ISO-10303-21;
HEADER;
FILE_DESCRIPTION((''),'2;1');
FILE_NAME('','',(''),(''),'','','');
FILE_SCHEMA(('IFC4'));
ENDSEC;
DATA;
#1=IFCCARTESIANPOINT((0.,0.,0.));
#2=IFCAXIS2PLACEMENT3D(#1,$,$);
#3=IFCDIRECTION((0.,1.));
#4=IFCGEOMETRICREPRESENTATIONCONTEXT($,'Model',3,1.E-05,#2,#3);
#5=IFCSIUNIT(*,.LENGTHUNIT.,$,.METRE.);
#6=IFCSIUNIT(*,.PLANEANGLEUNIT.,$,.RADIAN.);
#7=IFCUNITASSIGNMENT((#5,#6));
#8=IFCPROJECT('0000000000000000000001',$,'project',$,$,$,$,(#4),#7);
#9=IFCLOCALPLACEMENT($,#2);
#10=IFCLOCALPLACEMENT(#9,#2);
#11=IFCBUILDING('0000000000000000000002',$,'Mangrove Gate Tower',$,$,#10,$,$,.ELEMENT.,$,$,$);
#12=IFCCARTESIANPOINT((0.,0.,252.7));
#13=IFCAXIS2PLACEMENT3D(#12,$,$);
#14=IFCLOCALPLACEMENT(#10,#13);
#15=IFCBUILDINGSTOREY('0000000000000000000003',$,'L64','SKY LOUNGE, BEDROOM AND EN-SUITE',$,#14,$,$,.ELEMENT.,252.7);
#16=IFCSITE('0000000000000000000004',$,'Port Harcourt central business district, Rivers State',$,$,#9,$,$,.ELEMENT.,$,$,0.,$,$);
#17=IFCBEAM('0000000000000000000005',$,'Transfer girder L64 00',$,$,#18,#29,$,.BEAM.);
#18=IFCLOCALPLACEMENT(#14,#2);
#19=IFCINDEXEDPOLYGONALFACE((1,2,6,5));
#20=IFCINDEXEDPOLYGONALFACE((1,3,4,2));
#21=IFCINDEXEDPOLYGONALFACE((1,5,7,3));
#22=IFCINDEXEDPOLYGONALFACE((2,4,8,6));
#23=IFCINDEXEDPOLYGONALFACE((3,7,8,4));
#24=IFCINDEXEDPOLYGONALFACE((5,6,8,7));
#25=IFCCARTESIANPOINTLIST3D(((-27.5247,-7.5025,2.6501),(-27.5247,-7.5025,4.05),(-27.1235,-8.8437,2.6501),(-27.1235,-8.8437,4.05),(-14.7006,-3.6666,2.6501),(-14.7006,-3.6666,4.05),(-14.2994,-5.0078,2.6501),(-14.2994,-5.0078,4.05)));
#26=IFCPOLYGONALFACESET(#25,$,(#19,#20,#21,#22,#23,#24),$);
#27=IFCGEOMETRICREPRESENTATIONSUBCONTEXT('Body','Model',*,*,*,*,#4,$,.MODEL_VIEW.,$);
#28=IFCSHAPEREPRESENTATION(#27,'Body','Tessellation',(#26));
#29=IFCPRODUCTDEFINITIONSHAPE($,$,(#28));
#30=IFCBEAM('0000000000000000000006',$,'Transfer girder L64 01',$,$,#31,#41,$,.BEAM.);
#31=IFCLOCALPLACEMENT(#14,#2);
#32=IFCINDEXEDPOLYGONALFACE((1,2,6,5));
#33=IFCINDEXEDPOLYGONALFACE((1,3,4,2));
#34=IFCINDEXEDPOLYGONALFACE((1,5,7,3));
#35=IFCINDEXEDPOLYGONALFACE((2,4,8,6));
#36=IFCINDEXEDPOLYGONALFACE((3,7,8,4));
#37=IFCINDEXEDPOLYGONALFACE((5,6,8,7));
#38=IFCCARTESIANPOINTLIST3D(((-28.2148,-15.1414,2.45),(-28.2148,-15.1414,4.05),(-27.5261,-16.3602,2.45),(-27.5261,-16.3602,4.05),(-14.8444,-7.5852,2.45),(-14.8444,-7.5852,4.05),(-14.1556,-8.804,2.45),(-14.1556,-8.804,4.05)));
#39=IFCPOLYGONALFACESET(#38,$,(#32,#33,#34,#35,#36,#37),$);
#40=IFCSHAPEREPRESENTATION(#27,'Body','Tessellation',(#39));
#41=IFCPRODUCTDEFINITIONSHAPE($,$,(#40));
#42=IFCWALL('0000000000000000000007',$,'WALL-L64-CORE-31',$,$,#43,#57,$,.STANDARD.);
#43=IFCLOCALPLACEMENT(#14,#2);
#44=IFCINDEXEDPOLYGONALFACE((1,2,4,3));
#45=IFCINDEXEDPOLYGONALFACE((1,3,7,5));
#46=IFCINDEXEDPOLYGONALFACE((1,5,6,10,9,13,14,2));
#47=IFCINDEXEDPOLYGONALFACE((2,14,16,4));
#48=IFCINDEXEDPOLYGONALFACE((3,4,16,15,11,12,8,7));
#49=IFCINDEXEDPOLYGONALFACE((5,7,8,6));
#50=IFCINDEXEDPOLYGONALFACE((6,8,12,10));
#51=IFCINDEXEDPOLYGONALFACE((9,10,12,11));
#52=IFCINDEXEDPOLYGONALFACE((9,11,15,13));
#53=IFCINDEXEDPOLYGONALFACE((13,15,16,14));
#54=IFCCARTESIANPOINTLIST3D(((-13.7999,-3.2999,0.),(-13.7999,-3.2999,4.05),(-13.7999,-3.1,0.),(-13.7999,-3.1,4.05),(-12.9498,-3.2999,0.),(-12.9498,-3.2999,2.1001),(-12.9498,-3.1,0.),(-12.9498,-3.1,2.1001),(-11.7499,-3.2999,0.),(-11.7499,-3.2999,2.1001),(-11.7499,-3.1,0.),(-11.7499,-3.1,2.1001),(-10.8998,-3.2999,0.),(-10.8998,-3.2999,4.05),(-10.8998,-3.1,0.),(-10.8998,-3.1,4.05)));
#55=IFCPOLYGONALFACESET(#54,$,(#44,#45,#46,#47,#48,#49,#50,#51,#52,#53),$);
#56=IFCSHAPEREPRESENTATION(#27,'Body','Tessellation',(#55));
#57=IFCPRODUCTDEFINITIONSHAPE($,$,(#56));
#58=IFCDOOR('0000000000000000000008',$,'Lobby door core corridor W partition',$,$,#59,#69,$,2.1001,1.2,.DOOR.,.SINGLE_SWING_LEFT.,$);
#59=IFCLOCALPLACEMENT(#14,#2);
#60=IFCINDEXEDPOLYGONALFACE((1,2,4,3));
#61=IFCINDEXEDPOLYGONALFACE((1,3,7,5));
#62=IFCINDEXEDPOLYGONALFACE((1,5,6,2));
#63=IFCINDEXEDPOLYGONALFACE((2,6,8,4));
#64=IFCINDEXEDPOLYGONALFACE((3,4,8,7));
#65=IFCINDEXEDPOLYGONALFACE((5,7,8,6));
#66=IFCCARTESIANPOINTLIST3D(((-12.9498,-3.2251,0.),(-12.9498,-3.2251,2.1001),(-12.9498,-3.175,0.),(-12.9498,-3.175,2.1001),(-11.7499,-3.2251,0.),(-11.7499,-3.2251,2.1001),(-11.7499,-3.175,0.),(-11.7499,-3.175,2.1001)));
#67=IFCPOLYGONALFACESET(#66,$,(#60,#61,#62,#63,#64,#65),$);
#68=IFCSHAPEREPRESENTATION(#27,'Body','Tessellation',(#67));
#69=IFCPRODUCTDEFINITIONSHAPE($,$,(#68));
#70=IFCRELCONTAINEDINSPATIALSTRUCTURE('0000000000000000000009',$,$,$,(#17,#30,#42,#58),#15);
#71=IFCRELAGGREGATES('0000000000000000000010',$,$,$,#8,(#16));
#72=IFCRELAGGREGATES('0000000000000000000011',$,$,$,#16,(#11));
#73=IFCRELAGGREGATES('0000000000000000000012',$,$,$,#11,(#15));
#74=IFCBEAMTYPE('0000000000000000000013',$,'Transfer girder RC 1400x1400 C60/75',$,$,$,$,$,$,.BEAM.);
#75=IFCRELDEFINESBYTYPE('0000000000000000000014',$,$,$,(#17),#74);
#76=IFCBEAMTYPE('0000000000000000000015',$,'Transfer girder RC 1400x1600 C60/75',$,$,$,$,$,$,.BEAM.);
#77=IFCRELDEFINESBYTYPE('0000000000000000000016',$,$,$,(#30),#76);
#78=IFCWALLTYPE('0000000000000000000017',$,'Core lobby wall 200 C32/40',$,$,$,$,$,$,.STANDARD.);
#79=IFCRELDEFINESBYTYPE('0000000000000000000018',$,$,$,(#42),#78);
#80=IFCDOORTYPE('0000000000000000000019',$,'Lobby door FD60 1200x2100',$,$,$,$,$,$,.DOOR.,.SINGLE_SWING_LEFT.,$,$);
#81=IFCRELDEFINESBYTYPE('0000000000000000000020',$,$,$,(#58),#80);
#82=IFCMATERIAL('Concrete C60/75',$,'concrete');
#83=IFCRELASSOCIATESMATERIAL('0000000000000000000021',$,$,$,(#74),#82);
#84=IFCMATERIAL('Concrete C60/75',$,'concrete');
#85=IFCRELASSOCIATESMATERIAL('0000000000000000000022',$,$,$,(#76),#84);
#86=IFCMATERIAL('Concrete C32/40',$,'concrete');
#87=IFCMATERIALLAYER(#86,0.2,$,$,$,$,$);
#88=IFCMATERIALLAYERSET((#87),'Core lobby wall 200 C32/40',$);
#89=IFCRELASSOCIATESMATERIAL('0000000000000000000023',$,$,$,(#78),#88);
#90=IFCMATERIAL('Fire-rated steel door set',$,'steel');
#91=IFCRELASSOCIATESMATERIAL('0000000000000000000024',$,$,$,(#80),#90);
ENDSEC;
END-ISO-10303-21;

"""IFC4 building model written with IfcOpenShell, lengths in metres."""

from ifc_helpers import new_model, si_unit, direction, frame, frame_2d, origin, origin_2d, place, context, subcontext, project, spatial, rectangle, extrude, material, layer, layer_set, material_profile, profile_set, type_object, element, fill, save


model = new_model("IFC4")

# Units and contexts
model_context = context("Model", 3, precision=1e-05, world=origin(), true_north=direction((0.0, 1.0)))
body_context = subcontext(model_context, "Body", "Model", "MODEL_VIEW")
ifc_project = project(units=[si_unit("LENGTHUNIT", "METRE"), si_unit("PLANEANGLEUNIT", "RADIAN")], contexts=[model_context])

# Site, building, storey
site_placement = place(None, origin())
site = spatial("IfcSite", under=ifc_project, at=site_placement, Name="Port Harcourt central business district, Rivers State", CompositionType="ELEMENT", RefElevation=0.0)
building_placement = place(site_placement, origin())
building = spatial("IfcBuilding", under=site, at=building_placement, Name="Mangrove Gate Tower", CompositionType="ELEMENT")
storey_placement = place(building_placement, frame((0.0, 0.0, 252.7)))
storey = spatial("IfcBuildingStorey", under=building, at=storey_placement, Name="L64", Description="SKY LOUNGE, BEDROOM AND EN-SUITE", CompositionType="ELEMENT", Elevation=252.7)

# Beams
ifc_material_1 = material(Name="Concrete C60/75", Category="concrete")
ifc_material_profile_1 = material_profile(ifc_material_1, rectangle(XDim=1.3999, YDim=1.3999, at=origin_2d()))
ifc_profile_set_1 = profile_set([ifc_material_profile_1], Name="Concrete C60/75")
beam_type_1 = type_object("IfcBeamType", Name="Transfer girder RC 1400x1400 C60/75", PredefinedType="BEAM", material=ifc_profile_set_1)
beam_1_placement = place(storey_placement, frame((-14.5, -4.3372, 3.3501), z_axis=(-0.958057, -0.286576, 0.0), x_axis=(0.286576, -0.958057, 0.0)))
element("IfcBeam", 1, at=beam_1_placement, inside=storey, type_object=beam_type_1, Name="Transfer girder L64 00", PredefinedType="BEAM", context=body_context, shape_type="SweptSolid", body=[
    extrude(rectangle(XDim=1.3999, YDim=1.3999, at=origin_2d()), origin(), (0.0, 0.0, 1.0), 13.3855),
])
ifc_material_2 = material(Name="Concrete C60/75", Category="concrete")
ifc_material_profile_2 = material_profile(ifc_material_2, rectangle(XDim=1.3999, YDim=1.6001, at=origin_2d()))
ifc_profile_set_2 = profile_set([ifc_material_profile_2], Name="Concrete C60/75")
beam_type_2 = type_object("IfcBeamType", Name="Transfer girder RC 1400x1600 C60/75", PredefinedType="BEAM", material=ifc_profile_set_2)
beam_2_placement = place(storey_placement, frame((-14.5, -8.1946, 3.25), z_axis=(-0.870591, -0.492007, 0.0), x_axis=(0.492007, -0.870591, 0.0)))
element("IfcBeam", 2, at=beam_2_placement, inside=storey, type_object=beam_type_2, Name="Transfer girder L64 01", PredefinedType="BEAM", context=body_context, shape_type="SweptSolid", body=[
    extrude(rectangle(XDim=1.3999, YDim=1.6001, at=origin_2d()), origin(), (0.0, 0.0, 1.0), 15.3579),
])

# Wall, opening, door
ifc_material_3 = material(Name="Concrete C32/40", Category="concrete")
ifc_layer_1 = layer(ifc_material_3, 0.2)
ifc_layer_set_1 = layer_set([ifc_layer_1], Name="Core lobby wall 200 C32/40")
wall_type_1 = type_object("IfcWallType", Name="Core lobby wall 200 C32/40", PredefinedType="STANDARD", material=ifc_layer_set_1)
wall_1_placement = place(storey_placement, frame((-13.8, -3.2, 0.0), z_axis=(0.0, 0.0, 1.0), x_axis=(1.0, 0.0, 0.0)))
wall_1 = element("IfcWall", 3, at=wall_1_placement, inside=storey, type_object=wall_type_1, Name="WALL-L64-CORE-31", PredefinedType="STANDARD", context=body_context, shape_type="SweptSolid", body=[
    extrude(rectangle(XDim=2.9001, YDim=0.2, at=frame_2d((1.4502, 0.0))), origin(), (0.0, 0.0, 1.0), 4.05),
])
opening_1_placement = place(wall_1_placement, frame((0.8501, 0.0, 0.0)))
opening_1 = element("IfcOpeningElement", 4, at=opening_1_placement, cuts=wall_1, PredefinedType="OPENING", context=body_context, shape_type="SweptSolid", body=[
    extrude(rectangle(XDim=1.2, YDim=2.1001, at=frame_2d((0.6001, 1.05))), frame((0.0, 0.1099, 0.0), z_axis=(0.0, -1.0, 0.0), x_axis=(1.0, 0.0, 0.0)), (0.0, 0.0, 1.0), 0.22),
])
ifc_material_4 = material(Name="Fire-rated steel door set", Category="steel")
door_type_1 = type_object("IfcDoorType", Name="Lobby door FD60 1200x2100", OperationType="SINGLE_SWING_LEFT", PredefinedType="DOOR", material=ifc_material_4)
door_1_placement = place(opening_1_placement, origin())
door_1 = element("IfcDoor", 5, at=door_1_placement, inside=storey, type_object=door_type_1, Name="Lobby door core corridor W partition", OperationType="SINGLE_SWING_LEFT", OverallHeight=2.1001, OverallWidth=1.2, PredefinedType="DOOR", context=body_context, shape_type="SweptSolid", body=[
    extrude(rectangle(XDim=1.2, YDim=2.1001, at=frame_2d((0.6001, 1.05))), frame((0.0, 0.0249, 0.0), z_axis=(0.0, -1.0, 0.0), x_axis=(1.0, 0.0, 0.0)), (0.0, 0.0, 1.0), 0.05),
])
fill(opening_1, door_1)

save(model, "model.ifc")
